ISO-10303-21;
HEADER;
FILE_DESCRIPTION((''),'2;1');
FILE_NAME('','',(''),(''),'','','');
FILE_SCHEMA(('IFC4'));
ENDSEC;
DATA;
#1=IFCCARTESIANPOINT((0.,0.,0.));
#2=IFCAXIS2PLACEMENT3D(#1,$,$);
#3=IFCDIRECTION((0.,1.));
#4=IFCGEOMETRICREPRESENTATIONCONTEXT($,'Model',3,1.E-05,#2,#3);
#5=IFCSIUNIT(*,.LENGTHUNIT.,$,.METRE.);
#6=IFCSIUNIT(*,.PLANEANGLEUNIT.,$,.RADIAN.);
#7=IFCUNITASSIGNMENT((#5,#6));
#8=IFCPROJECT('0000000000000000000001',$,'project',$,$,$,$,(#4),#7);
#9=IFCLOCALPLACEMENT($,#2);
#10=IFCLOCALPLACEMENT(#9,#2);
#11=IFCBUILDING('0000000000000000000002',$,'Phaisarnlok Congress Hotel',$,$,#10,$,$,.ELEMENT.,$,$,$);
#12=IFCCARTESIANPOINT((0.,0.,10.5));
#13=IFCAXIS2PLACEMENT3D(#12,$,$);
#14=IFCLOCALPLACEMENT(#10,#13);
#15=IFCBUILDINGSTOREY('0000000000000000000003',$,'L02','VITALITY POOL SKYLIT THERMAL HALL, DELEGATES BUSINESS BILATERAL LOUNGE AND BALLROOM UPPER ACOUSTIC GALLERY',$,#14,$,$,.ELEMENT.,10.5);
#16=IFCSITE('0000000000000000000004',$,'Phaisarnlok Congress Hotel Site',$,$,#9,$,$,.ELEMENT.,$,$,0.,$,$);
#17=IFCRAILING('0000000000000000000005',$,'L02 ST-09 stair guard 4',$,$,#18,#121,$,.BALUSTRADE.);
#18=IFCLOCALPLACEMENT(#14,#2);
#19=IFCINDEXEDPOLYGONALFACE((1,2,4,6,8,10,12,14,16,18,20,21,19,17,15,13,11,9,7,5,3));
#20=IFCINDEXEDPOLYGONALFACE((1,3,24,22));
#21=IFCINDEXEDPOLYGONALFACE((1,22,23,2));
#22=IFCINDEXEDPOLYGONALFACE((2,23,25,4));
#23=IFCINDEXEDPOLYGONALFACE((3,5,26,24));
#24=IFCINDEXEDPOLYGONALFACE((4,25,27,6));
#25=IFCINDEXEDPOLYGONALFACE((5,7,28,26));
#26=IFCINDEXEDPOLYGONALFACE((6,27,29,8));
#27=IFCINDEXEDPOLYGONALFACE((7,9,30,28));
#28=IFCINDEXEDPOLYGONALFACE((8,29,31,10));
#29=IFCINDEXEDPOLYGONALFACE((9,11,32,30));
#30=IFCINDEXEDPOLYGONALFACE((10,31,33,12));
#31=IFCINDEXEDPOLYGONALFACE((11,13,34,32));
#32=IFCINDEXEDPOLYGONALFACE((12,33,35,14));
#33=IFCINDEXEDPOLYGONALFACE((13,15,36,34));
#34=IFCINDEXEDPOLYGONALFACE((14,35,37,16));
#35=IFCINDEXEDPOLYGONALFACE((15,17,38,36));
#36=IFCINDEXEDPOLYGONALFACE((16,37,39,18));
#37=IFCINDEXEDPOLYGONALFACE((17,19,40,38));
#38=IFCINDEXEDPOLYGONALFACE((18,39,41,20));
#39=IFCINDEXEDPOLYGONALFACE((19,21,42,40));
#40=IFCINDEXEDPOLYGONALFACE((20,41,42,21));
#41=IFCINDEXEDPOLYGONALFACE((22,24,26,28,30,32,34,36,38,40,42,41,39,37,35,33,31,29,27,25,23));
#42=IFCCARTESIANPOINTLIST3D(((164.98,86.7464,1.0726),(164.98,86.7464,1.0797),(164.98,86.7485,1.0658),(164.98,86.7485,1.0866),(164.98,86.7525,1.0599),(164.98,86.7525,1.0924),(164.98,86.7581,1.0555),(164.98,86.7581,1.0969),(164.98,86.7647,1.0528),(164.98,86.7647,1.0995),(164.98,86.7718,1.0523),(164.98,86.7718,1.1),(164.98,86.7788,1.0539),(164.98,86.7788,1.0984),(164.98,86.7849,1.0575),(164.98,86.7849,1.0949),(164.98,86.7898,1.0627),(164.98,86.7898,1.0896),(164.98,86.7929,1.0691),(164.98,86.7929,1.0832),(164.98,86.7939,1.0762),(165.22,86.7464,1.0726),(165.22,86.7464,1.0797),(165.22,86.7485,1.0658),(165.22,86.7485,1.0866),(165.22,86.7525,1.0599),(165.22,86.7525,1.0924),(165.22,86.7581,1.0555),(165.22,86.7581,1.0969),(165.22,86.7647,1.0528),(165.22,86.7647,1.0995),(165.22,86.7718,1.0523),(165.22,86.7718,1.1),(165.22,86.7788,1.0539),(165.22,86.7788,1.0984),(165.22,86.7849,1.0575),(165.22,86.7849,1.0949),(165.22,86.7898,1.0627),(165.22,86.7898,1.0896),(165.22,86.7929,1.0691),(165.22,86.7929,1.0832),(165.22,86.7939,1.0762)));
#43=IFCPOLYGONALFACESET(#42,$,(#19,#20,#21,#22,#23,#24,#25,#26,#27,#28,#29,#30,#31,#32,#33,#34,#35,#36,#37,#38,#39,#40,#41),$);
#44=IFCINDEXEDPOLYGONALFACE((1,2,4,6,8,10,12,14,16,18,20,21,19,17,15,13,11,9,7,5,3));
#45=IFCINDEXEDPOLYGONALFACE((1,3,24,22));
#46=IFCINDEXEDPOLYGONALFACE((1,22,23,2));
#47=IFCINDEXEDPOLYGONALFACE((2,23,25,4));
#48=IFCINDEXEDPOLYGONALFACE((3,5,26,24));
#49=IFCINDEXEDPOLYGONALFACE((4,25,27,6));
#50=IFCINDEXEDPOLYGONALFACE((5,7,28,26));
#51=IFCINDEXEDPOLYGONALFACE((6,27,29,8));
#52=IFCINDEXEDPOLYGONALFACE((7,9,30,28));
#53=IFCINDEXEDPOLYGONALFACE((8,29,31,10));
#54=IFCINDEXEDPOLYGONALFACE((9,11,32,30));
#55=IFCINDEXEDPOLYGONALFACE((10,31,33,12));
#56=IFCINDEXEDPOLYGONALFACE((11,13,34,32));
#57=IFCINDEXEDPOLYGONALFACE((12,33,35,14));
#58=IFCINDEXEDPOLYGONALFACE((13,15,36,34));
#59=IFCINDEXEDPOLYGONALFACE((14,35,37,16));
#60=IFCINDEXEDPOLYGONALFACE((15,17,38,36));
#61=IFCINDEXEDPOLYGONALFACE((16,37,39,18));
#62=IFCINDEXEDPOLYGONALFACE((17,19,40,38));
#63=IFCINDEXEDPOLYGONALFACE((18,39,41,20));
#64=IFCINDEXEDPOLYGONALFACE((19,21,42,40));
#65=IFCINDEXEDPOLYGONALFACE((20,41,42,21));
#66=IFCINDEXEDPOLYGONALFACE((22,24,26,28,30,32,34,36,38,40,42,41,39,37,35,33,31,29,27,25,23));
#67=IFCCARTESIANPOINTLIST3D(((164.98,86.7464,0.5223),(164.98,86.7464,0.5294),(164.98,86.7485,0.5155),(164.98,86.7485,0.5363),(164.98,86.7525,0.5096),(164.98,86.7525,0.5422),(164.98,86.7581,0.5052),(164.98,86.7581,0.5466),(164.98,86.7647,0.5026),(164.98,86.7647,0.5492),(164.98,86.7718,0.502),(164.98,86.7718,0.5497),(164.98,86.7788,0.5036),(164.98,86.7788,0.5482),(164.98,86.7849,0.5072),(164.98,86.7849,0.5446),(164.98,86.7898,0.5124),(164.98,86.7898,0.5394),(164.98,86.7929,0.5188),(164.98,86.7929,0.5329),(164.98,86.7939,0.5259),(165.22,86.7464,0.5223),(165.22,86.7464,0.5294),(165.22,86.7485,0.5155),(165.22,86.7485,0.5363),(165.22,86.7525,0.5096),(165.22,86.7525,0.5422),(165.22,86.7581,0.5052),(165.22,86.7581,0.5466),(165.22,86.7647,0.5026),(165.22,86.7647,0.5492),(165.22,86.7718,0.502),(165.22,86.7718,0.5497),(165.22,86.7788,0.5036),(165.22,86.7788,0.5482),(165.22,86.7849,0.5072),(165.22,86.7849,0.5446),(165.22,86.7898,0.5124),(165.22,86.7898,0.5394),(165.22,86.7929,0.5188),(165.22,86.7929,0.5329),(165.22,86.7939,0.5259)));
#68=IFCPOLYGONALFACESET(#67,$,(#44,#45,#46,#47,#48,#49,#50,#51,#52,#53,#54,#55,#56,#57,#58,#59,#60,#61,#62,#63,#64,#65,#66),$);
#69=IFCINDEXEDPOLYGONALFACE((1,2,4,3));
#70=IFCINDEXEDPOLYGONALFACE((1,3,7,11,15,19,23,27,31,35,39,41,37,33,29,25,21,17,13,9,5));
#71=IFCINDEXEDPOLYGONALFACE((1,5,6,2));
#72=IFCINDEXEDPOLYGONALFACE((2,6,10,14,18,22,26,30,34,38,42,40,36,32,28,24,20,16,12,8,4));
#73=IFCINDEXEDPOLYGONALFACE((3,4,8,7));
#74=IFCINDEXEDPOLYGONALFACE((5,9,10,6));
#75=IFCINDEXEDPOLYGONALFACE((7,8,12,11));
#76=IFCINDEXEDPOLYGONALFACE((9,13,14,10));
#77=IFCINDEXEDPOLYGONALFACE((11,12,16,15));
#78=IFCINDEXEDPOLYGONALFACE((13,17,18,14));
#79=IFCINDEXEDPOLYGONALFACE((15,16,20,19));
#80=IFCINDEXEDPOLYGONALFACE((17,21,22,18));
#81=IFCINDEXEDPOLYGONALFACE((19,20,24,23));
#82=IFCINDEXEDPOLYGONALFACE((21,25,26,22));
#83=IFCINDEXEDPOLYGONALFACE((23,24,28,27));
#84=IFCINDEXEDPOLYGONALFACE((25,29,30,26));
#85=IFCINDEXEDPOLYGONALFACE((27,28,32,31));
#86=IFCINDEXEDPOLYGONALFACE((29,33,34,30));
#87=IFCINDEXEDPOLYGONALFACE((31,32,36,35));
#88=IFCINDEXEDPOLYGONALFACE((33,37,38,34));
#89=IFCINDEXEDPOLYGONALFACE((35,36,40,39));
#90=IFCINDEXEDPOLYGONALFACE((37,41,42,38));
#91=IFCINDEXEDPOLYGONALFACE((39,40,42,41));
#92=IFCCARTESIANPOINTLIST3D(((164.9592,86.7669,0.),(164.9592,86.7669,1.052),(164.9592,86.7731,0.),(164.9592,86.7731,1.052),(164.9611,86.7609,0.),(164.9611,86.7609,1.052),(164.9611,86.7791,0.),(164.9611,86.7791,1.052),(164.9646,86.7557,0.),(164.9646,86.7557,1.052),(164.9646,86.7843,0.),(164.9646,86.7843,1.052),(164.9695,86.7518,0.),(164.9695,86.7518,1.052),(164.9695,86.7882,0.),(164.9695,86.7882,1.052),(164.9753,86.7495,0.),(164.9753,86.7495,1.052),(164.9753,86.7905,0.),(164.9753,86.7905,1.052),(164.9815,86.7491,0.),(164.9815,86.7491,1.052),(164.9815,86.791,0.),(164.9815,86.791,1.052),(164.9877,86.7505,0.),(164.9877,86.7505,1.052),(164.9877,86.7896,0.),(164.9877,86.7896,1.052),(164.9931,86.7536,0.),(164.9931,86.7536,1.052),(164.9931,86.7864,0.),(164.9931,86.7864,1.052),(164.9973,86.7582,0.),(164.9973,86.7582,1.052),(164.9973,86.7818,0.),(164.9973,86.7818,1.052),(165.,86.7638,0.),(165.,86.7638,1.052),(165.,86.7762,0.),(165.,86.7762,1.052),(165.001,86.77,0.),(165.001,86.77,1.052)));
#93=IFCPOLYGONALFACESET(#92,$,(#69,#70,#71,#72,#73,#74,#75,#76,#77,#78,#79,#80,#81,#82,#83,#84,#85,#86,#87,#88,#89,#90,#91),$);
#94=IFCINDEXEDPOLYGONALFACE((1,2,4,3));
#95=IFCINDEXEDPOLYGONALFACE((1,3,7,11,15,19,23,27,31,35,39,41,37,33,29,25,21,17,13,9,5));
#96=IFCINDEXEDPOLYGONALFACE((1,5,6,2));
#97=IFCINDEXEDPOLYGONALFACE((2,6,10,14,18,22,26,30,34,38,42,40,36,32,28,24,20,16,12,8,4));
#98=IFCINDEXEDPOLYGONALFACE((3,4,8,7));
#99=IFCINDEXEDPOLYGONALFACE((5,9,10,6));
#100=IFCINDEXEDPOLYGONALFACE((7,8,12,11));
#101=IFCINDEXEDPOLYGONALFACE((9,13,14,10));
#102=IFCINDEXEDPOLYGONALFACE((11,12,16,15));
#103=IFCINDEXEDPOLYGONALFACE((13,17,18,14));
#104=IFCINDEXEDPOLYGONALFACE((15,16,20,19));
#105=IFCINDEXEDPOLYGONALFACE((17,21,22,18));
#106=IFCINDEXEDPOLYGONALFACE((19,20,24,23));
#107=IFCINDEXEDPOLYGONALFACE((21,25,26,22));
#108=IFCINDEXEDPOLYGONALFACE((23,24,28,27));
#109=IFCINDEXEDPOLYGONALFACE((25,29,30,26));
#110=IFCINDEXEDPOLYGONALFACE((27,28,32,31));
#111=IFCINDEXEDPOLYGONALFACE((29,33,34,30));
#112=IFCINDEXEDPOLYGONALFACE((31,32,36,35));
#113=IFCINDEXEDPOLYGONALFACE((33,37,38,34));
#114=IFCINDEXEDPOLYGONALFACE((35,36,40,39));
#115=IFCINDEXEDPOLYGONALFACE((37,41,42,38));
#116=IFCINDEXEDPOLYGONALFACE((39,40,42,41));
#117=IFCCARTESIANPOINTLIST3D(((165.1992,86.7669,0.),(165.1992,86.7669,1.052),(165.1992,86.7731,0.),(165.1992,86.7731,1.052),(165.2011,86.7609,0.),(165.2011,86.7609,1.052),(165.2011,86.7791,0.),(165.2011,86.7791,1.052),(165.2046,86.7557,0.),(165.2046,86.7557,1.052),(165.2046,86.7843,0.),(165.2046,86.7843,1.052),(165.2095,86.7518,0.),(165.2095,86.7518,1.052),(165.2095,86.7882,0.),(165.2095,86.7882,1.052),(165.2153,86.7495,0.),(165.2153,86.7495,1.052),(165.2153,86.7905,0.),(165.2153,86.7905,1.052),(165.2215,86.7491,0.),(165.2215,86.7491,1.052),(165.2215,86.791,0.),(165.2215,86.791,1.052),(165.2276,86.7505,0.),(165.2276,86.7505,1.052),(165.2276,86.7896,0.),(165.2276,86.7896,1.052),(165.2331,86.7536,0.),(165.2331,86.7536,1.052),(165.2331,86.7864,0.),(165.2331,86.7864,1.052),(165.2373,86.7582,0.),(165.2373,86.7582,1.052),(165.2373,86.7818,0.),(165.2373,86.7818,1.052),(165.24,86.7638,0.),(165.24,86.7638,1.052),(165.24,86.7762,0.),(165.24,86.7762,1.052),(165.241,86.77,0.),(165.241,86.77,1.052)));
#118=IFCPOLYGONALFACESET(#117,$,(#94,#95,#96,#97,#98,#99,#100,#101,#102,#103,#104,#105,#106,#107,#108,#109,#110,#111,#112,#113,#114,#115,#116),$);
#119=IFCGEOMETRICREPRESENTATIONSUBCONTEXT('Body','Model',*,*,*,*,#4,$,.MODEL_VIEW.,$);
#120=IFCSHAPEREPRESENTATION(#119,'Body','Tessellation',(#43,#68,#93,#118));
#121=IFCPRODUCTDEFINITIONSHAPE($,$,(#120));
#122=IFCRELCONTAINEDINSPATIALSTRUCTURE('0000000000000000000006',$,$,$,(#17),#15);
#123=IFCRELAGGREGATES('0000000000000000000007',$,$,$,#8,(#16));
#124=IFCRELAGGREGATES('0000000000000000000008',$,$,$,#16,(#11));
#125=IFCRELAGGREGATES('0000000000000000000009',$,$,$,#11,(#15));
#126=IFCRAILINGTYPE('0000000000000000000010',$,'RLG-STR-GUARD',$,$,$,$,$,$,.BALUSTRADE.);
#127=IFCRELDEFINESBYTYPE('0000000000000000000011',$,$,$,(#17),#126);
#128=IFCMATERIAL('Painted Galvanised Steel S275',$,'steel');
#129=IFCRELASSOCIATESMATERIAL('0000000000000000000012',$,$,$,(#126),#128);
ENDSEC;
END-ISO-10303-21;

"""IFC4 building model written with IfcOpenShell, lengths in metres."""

from ifc_helpers import new_model, si_unit, direction, frame, origin, origin_2d, place, context, subcontext, project, spatial, circle, extrude, material, type_object, element, save


model = new_model("IFC4")

# Units and contexts
model_context = context("Model", 3, precision=1e-05, world=origin(), true_north=direction((0.0, 1.0)))
body_context = subcontext(model_context, "Body", "Model", "MODEL_VIEW")
ifc_project = project(units=[si_unit("LENGTHUNIT", "METRE"), si_unit("PLANEANGLEUNIT", "RADIAN")], contexts=[model_context])

# Site, building, storey
site_placement = place(None, origin())
site = spatial("IfcSite", under=ifc_project, at=site_placement, Name="Phaisarnlok Congress Hotel Site", CompositionType="ELEMENT", RefElevation=0.0)
building_placement = place(site_placement, origin())
building = spatial("IfcBuilding", under=site, at=building_placement, Name="Phaisarnlok Congress Hotel", CompositionType="ELEMENT")
storey_placement = place(building_placement, frame((0.0, 0.0, 10.5)))
storey = spatial("IfcBuildingStorey", under=building, at=storey_placement, Name="L02", Description="VITALITY POOL SKYLIT THERMAL HALL, DELEGATES BUSINESS BILATERAL LOUNGE AND BALLROOM UPPER ACOUSTIC GALLERY", CompositionType="ELEMENT", Elevation=10.5)

# Railing
ifc_material_1 = material(Name="Painted Galvanised Steel S275", Category="steel")
railing_type_1 = type_object("IfcRailingType", Name="RLG-STR-GUARD", PredefinedType="BALUSTRADE", material=ifc_material_1)
railing_1_placement = place(storey_placement, frame((164.98, 86.77, 0.0)))
element("IfcRailing", 1, at=railing_1_placement, inside=storey, type_object=railing_type_1, Name="L02 ST-09 stair guard 4", PredefinedType="BALUSTRADE", context=body_context, shape_type="SweptSolid", body=[
    extrude(circle(Radius=0.0239, at=origin_2d()), frame((0.0, 0.0, 1.0762), z_axis=(1.0, 0.0, 0.0), x_axis=(0.0, 1.0, 0.0)), (0.0, 0.0, 1.0), 0.24),
    extrude(circle(Radius=0.0239, at=origin_2d()), frame((0.0, 0.0, 0.5259), z_axis=(1.0, 0.0, 0.0), x_axis=(0.0, 1.0, 0.0)), (0.0, 0.0, 1.0), 0.24),
    extrude(circle(Radius=0.021, at=origin_2d()), origin(), (0.0, 0.0, 1.0), 1.052),
    extrude(circle(Radius=0.021, at=origin_2d()), frame((0.24, 0.0, 0.0)), (0.0, 0.0, 1.0), 1.052),
])

save(model, "model.ifc")
